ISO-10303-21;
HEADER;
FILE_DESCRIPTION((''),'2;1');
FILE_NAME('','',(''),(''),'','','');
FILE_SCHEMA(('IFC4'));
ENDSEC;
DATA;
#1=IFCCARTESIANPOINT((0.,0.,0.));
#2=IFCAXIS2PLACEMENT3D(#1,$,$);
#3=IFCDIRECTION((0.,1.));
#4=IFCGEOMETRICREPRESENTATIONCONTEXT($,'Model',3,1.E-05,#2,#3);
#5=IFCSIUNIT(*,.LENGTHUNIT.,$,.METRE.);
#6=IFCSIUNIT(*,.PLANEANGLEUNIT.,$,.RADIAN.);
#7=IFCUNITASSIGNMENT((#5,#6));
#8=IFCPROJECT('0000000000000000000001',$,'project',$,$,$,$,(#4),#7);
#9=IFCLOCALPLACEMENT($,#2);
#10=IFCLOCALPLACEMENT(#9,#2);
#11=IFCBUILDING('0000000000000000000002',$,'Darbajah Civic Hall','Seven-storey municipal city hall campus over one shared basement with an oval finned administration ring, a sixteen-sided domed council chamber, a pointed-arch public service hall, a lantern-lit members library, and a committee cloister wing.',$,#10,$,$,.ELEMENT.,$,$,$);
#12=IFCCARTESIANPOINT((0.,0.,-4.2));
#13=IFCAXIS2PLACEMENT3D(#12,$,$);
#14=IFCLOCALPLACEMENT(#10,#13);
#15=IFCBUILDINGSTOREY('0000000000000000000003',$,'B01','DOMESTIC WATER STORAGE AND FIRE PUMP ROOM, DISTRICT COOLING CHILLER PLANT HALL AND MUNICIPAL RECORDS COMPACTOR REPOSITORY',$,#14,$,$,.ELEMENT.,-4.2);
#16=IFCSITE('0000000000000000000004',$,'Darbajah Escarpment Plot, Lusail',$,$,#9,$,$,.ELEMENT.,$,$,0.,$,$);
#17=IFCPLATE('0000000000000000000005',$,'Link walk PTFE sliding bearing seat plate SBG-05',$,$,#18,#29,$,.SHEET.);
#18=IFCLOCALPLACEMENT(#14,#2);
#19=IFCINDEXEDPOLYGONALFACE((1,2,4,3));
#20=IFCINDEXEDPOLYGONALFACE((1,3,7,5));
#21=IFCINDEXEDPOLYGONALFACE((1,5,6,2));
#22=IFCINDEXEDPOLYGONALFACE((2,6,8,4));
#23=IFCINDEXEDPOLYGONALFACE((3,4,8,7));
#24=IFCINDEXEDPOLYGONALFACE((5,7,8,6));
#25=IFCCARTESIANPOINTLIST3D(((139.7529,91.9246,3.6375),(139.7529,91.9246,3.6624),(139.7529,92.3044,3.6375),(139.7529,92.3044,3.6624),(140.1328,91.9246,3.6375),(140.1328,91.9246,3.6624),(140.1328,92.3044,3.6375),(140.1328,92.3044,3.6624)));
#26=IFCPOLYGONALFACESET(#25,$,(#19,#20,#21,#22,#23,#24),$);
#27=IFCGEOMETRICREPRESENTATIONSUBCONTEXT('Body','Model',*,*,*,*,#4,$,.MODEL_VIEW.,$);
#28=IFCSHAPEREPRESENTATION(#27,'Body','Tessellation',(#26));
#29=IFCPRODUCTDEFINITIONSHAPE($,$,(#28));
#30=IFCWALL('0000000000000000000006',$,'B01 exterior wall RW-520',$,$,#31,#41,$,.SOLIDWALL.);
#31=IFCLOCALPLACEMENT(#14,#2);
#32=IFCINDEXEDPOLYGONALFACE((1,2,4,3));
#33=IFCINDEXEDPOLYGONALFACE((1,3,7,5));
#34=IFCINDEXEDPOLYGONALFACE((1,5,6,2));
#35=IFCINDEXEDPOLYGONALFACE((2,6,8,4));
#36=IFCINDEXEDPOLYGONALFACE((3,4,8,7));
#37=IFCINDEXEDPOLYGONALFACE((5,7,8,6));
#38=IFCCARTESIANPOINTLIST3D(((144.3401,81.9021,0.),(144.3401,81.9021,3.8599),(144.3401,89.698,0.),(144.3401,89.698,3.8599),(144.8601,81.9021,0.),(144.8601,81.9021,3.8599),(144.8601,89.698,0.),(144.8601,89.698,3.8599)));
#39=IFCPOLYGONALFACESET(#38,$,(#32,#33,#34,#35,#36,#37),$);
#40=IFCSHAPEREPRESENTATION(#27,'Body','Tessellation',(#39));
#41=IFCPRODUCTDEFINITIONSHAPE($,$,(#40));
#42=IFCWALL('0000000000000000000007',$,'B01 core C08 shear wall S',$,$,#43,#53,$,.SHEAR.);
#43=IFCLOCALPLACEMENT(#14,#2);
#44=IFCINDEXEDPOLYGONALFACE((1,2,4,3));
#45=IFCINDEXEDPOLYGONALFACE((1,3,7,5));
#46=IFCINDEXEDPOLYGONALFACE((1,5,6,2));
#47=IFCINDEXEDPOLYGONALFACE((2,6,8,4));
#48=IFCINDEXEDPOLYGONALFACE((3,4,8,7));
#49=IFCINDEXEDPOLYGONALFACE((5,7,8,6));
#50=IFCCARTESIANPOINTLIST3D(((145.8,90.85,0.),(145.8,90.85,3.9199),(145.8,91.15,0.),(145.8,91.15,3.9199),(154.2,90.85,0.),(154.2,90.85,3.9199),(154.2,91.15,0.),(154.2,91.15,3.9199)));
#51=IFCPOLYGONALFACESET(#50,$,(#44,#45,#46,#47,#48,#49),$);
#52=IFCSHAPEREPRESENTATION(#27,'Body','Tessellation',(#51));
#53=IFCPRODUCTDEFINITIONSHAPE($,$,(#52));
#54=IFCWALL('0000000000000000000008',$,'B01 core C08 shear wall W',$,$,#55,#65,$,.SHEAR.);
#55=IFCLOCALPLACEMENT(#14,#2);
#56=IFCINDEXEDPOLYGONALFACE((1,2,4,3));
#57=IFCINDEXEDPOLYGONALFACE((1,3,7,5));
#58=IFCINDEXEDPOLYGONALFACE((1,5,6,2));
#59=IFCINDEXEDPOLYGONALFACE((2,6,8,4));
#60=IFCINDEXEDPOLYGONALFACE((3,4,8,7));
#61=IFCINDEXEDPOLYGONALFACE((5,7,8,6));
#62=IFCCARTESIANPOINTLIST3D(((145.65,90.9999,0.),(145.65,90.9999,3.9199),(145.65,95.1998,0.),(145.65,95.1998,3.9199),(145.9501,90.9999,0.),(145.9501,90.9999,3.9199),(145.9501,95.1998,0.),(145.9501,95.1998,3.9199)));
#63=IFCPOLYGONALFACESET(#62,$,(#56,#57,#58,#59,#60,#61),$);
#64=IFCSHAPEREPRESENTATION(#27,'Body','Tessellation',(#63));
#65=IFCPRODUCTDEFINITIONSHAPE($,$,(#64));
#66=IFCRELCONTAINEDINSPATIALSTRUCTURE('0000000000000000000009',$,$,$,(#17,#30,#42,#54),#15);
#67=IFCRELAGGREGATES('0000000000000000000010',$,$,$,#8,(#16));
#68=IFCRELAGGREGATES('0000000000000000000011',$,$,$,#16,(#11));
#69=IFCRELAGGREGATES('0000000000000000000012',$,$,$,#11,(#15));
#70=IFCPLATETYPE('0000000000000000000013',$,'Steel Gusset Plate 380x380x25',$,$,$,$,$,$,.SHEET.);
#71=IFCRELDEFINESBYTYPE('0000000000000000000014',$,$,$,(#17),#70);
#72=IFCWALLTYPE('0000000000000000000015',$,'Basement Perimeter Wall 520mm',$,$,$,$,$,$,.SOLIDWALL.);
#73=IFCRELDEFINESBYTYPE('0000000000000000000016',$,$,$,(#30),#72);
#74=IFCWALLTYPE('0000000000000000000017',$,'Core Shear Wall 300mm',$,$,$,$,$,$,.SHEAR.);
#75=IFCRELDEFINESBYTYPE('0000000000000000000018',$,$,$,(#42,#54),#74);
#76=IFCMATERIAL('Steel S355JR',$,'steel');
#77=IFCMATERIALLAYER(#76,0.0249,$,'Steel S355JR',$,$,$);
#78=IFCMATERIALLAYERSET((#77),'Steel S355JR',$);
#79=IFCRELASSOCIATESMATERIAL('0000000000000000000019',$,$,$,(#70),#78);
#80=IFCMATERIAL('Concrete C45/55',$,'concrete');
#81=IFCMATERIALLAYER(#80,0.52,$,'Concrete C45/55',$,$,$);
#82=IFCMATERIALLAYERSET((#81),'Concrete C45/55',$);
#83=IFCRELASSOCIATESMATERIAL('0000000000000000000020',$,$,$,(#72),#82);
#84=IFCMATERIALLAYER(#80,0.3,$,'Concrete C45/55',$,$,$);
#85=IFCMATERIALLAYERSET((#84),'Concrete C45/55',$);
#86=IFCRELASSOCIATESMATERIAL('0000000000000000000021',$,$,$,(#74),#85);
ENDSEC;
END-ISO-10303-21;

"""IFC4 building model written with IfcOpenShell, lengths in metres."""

from ifc_helpers import new_model, si_unit, direction, frame, frame_2d, origin, origin_2d, place, context, subcontext, project, spatial, rectangle, extrude, material, layer, layer_set, type_object, element, save


model = new_model("IFC4")

# Units and contexts
model_context = context("Model", 3, precision=1e-05, world=origin(), true_north=direction((0.0, 1.0)))
body_context = subcontext(model_context, "Body", "Model", "MODEL_VIEW")
ifc_project = project(units=[si_unit("LENGTHUNIT", "METRE"), si_unit("PLANEANGLEUNIT", "RADIAN")], contexts=[model_context])

# Site, building, storey
site_placement = place(None, origin())
site = spatial("IfcSite", under=ifc_project, at=site_placement, Name="Darbajah Escarpment Plot, Lusail", CompositionType="ELEMENT", RefElevation=0.0)
building_placement = place(site_placement, origin())
building = spatial("IfcBuilding", under=site, at=building_placement, Name="Darbajah Civic Hall", Description="Seven-storey municipal city hall campus over one shared basement with an oval finned administration ring, a sixteen-sided domed council chamber, a pointed-arch public service hall, a lantern-lit members library, and a committee cloister wing.", CompositionType="ELEMENT")
storey_placement = place(building_placement, frame((0.0, 0.0, -4.2)))
storey = spatial("IfcBuildingStorey", under=building, at=storey_placement, Name="B01", Description="DOMESTIC WATER STORAGE AND FIRE PUMP ROOM, DISTRICT COOLING CHILLER PLANT HALL AND MUNICIPAL RECORDS COMPACTOR REPOSITORY", CompositionType="ELEMENT", Elevation=-4.2)

# Shared definitions
ifc_material_1 = material(Name="Concrete C45/55", Category="concrete")

# Shared definitions
ifc_material_2 = material(Name="Steel S355JR", Category="steel")

# Plate
ifc_layer_1 = layer(ifc_material_2, 0.0249, Name="Steel S355JR")
ifc_layer_set_1 = layer_set([ifc_layer_1], Name="Steel S355JR")
plate_type = type_object("IfcPlateType", Name="Steel Gusset Plate 380x380x25", PredefinedType="SHEET", material=ifc_layer_set_1)
plate_placement = place(storey_placement, frame((139.9429, 92.1145, 3.6375), z_axis=(0.0, 0.0, 1.0), x_axis=(1.0, 0.0, 0.0)))
element("IfcPlate", 1, at=plate_placement, inside=storey, type_object=plate_type, Name="Link walk PTFE sliding bearing seat plate SBG-05", PredefinedType="SHEET", context=body_context, shape_type="SweptSolid", body=[
    extrude(rectangle(XDim=0.3799, YDim=0.3799, at=origin_2d()), origin(), (0.0, 0.0, 1.0), 0.0249),
])

# Walls
ifc_layer_2 = layer(ifc_material_1, 0.52, Name="Concrete C45/55")
ifc_layer_set_2 = layer_set([ifc_layer_2], Name="Concrete C45/55")
wall_type_1 = type_object("IfcWallType", Name="Basement Perimeter Wall 520mm", PredefinedType="SOLIDWALL", material=ifc_layer_set_2)
wall_1_placement = place(storey_placement, frame((144.6001, 89.698, 0.0), z_axis=(0.0, 0.0, 1.0), x_axis=(0.0, -1.0, 0.0)))
element("IfcWall", 2, at=wall_1_placement, inside=storey, type_object=wall_type_1, Name="B01 exterior wall RW-520", PredefinedType="SOLIDWALL", context=body_context, shape_type="SweptSolid", body=[
    extrude(rectangle(XDim=7.7959, YDim=0.52, at=frame_2d((3.8979, 0.0))), origin(), (0.0, 0.0, 1.0), 3.8599),
])
ifc_layer_3 = layer(ifc_material_1, 0.3, Name="Concrete C45/55")
ifc_layer_set_3 = layer_set([ifc_layer_3], Name="Concrete C45/55")
wall_type_2 = type_object("IfcWallType", Name="Core Shear Wall 300mm", PredefinedType="SHEAR", material=ifc_layer_set_3)
wall_2_placement = place(storey_placement, frame((145.8, 91.0, 0.0), z_axis=(0.0, 0.0, 1.0), x_axis=(1.0, 0.0, 0.0)))
element("IfcWall", 3, at=wall_2_placement, inside=storey, type_object=wall_type_2, Name="B01 core C08 shear wall S", PredefinedType="SHEAR", context=body_context, shape_type="SweptSolid", body=[
    extrude(rectangle(XDim=8.3999, YDim=0.3, at=frame_2d((4.2, 0.0))), origin(), (0.0, 0.0, 1.0), 3.9199),
])
wall_3_placement = place(storey_placement, frame((145.8, 95.2, 0.0), z_axis=(0.0, 0.0, 1.0), x_axis=(0.0, -1.0, 0.0)))
element("IfcWall", 4, at=wall_3_placement, inside=storey, type_object=wall_type_2, Name="B01 core C08 shear wall W", PredefinedType="SHEAR", context=body_context, shape_type="SweptSolid", body=[
    extrude(rectangle(XDim=4.2, YDim=0.3, at=frame_2d((2.1001, 0.0))), origin(), (0.0, 0.0, 1.0), 3.9199),
])

save(model, "model.ifc")
